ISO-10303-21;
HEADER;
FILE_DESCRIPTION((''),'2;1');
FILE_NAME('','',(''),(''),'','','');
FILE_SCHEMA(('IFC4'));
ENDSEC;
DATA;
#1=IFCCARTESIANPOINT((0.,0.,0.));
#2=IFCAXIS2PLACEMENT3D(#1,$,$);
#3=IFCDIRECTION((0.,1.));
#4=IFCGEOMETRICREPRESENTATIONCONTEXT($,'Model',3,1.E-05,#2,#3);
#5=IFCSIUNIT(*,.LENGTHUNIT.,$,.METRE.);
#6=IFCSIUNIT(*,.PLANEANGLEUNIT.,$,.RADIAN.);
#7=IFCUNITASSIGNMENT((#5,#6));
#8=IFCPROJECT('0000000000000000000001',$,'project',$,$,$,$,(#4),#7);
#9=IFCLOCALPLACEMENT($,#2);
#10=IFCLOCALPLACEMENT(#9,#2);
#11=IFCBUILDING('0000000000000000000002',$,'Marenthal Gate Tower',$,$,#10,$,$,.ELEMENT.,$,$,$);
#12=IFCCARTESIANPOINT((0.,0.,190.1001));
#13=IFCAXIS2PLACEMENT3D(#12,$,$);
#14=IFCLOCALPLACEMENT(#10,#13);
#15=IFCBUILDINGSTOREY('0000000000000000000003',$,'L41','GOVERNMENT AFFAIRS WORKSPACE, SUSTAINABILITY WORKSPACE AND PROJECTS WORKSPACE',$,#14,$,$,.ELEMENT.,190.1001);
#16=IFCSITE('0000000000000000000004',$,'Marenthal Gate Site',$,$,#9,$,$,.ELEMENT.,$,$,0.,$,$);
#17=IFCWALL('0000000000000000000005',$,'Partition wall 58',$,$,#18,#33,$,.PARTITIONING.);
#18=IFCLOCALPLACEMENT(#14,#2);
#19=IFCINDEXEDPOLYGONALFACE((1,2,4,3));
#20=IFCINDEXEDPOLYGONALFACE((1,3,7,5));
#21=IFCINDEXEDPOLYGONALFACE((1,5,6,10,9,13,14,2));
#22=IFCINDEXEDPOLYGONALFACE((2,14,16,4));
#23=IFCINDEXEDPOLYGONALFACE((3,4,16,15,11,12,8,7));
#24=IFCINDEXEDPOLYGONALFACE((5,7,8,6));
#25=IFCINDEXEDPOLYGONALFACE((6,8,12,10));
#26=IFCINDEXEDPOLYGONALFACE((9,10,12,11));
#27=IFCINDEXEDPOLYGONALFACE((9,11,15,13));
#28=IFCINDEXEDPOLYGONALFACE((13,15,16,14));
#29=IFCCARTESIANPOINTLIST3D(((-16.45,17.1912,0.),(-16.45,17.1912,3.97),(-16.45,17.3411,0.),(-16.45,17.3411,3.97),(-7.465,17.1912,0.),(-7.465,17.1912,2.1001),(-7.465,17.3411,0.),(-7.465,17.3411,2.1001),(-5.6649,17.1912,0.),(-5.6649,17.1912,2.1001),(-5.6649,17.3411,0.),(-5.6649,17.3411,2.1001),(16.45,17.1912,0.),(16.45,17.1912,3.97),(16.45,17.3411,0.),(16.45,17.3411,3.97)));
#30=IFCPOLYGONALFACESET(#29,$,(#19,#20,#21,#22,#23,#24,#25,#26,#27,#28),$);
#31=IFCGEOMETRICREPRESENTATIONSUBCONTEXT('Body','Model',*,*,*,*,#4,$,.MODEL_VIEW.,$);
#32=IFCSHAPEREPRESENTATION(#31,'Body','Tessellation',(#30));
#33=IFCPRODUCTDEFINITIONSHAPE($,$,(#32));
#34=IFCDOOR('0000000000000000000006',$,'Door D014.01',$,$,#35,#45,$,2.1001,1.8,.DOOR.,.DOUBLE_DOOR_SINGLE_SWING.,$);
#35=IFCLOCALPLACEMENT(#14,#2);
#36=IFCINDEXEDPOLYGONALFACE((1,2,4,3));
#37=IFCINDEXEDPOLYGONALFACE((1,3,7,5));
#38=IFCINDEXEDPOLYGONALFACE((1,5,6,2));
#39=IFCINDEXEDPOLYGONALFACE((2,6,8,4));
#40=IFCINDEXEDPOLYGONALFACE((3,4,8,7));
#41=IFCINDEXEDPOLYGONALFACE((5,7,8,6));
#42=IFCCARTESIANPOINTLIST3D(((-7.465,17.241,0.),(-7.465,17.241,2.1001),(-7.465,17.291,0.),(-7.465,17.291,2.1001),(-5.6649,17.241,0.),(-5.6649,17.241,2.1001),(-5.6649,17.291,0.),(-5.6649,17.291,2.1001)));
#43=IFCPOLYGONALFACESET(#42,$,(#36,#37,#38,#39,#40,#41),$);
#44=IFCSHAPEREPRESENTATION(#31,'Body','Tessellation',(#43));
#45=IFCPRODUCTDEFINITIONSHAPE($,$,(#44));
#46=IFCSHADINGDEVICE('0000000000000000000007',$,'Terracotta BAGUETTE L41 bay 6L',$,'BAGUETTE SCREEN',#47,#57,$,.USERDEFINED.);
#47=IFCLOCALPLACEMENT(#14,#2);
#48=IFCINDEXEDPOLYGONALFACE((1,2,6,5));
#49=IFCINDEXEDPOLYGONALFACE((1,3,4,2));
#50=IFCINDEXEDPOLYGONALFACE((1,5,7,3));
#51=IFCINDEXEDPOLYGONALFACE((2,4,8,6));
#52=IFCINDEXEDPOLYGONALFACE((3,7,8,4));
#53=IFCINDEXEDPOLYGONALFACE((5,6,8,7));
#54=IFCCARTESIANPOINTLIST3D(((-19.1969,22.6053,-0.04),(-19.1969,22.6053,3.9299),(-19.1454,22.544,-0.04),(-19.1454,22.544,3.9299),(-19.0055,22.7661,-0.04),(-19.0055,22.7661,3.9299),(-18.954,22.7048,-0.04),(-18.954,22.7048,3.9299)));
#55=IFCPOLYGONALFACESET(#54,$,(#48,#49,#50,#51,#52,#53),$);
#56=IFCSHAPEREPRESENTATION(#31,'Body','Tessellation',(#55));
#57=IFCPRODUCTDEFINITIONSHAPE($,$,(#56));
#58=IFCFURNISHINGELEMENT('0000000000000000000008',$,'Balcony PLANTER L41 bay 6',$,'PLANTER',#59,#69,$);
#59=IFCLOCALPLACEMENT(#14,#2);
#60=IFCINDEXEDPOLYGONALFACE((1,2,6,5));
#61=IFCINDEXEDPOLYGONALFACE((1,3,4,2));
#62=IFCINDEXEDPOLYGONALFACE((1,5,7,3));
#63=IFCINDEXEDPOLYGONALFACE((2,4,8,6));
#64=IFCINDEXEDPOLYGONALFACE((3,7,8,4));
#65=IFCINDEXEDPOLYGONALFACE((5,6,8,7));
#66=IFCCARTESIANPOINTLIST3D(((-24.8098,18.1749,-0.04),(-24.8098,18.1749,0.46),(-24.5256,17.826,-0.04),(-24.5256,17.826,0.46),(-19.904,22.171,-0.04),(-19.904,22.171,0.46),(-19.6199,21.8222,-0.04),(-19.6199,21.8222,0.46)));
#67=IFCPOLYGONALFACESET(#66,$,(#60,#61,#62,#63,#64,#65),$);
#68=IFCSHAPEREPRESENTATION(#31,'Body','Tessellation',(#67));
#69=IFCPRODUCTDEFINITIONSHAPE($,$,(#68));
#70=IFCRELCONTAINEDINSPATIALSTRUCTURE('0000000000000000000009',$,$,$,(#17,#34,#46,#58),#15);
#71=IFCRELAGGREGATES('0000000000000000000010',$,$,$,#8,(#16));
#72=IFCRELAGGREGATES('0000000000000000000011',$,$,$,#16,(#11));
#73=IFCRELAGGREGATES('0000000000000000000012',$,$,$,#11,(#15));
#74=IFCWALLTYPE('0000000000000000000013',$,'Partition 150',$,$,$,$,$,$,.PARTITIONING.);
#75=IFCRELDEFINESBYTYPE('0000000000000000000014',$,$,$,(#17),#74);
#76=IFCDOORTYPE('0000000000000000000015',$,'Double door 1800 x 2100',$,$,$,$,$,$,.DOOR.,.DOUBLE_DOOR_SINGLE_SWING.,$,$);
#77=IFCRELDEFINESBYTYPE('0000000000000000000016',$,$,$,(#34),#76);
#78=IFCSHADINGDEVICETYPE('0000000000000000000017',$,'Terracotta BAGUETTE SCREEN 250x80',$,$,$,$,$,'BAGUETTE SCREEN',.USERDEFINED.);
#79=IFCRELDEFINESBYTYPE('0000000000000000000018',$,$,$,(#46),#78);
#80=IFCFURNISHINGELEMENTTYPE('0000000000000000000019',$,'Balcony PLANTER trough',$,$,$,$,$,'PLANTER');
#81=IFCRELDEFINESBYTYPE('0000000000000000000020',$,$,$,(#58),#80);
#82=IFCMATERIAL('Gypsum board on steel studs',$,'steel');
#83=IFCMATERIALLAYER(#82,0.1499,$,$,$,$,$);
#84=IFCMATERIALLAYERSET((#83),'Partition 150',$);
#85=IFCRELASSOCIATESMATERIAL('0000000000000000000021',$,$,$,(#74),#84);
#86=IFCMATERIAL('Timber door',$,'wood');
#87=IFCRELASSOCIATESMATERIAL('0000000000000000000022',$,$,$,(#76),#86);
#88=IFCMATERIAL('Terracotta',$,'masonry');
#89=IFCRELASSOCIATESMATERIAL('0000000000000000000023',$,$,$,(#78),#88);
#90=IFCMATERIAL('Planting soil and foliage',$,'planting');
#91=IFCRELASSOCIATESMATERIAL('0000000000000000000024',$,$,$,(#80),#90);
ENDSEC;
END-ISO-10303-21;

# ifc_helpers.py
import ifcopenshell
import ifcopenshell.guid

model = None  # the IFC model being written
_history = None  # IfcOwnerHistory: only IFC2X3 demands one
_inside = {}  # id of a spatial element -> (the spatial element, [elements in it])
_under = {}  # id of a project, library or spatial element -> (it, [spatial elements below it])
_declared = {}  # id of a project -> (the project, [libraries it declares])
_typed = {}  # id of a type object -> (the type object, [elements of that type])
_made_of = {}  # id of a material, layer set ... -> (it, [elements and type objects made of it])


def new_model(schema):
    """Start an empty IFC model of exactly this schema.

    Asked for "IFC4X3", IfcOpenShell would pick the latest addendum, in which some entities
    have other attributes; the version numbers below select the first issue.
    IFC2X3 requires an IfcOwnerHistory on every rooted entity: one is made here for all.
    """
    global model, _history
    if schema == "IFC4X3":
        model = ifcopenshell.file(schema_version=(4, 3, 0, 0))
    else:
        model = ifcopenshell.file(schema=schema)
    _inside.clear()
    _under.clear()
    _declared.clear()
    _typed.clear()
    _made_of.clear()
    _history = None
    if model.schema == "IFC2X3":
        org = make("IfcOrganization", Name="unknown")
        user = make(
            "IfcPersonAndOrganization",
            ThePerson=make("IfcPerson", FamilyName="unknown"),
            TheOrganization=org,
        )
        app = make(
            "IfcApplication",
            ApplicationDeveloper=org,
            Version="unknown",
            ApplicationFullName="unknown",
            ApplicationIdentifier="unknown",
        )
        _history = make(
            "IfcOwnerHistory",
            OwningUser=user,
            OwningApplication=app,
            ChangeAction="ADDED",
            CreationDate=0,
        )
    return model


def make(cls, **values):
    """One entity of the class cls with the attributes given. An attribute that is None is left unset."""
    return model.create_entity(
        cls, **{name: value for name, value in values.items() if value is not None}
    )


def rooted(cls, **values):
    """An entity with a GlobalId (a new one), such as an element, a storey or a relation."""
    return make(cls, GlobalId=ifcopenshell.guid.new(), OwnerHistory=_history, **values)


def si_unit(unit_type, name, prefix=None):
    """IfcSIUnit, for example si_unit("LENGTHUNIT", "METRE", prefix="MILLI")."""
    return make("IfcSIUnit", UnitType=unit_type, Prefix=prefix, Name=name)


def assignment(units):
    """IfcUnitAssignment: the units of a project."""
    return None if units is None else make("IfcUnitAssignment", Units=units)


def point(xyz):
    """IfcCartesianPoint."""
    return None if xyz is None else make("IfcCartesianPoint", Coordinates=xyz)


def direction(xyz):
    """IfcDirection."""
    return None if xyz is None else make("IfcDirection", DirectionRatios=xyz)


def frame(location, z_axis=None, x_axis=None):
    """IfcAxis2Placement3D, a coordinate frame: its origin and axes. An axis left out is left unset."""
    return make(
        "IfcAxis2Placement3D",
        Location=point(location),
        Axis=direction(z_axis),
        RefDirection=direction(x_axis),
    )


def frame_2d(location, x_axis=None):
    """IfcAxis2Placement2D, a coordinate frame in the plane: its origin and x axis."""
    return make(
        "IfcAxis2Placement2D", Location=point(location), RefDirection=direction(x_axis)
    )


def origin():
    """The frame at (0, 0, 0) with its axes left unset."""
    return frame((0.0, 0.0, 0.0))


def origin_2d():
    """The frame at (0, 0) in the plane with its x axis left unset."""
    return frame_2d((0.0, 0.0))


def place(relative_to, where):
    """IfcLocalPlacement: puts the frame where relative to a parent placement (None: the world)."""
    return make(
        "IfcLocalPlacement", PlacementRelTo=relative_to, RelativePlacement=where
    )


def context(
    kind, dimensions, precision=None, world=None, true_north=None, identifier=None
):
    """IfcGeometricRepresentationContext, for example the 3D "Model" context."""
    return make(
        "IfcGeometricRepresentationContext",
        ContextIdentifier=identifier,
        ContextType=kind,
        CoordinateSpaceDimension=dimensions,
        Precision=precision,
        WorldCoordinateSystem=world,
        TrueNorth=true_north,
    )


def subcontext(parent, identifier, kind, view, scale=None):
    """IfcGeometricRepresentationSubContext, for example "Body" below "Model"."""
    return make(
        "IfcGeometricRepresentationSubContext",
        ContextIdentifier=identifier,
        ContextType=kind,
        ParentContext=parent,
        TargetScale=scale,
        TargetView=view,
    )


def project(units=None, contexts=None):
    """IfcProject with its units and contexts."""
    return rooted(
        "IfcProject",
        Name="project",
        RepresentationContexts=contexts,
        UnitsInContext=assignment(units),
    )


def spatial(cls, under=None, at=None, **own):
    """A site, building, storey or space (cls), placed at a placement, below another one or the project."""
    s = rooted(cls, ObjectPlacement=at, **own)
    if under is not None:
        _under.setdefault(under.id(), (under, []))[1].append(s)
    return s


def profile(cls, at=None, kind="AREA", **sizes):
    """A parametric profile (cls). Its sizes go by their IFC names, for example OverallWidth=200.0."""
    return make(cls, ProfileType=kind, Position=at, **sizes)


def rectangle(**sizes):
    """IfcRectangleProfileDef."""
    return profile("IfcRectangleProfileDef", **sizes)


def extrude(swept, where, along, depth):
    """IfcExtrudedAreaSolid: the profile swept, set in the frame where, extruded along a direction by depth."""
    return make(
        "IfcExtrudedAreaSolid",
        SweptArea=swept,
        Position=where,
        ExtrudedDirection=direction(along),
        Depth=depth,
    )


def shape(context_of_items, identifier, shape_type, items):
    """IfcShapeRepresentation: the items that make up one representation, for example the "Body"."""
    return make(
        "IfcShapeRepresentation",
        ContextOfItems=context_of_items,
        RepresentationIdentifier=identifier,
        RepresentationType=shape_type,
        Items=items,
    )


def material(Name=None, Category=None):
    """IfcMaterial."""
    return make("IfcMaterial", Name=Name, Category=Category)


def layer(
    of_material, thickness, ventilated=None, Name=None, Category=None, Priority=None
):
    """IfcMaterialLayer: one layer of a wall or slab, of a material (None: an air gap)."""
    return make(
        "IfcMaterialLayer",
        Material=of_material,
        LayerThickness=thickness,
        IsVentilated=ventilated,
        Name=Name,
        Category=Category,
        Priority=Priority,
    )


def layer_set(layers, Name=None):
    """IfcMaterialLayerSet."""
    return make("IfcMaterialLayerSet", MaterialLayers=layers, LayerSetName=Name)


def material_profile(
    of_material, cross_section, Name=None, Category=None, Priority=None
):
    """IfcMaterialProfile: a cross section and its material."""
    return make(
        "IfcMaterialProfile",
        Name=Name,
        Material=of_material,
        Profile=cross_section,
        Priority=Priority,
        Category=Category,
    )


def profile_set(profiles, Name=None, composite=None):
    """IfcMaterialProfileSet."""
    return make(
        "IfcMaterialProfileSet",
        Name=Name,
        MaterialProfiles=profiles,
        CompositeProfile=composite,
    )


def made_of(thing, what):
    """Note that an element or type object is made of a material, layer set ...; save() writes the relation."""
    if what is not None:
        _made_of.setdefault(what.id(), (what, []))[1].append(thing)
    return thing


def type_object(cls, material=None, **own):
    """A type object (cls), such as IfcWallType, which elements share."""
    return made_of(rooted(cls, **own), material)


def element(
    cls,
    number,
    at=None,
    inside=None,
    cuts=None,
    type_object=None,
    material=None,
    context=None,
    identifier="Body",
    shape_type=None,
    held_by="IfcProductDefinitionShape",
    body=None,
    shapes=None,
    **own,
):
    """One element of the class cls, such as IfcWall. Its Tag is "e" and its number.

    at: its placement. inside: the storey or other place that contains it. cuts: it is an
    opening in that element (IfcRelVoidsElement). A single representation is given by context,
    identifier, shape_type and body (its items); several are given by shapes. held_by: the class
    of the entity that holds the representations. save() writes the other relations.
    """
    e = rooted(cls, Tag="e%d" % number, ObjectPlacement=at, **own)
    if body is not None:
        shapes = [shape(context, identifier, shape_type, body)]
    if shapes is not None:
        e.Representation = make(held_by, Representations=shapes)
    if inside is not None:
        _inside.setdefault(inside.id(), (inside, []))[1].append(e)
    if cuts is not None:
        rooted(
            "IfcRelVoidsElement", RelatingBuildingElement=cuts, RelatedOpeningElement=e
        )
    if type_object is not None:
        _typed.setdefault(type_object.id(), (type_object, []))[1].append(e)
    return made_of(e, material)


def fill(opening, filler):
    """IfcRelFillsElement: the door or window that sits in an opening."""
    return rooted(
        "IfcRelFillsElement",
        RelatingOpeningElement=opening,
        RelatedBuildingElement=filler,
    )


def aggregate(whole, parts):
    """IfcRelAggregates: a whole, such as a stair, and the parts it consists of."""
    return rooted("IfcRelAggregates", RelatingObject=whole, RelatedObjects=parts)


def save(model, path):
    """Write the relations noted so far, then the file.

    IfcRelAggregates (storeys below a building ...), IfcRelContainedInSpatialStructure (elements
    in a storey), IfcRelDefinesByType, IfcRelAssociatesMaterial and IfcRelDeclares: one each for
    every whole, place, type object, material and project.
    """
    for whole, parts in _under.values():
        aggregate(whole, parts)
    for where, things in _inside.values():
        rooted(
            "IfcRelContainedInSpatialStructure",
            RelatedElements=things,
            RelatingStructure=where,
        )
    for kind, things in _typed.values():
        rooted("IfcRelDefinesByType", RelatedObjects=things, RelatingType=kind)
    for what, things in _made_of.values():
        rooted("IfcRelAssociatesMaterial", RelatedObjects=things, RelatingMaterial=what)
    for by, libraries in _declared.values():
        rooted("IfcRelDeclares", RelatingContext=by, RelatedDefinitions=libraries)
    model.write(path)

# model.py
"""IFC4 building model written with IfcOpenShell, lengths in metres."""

from ifc_helpers import new_model, si_unit, direction, frame, frame_2d, origin, origin_2d, place, context, subcontext, project, spatial, rectangle, extrude, material, layer, layer_set, material_profile, profile_set, type_object, element, fill, save


model = new_model("IFC4")

# Units and contexts
model_context = context("Model", 3, precision=1e-05, world=origin(), true_north=direction((0.0, 1.0)))
body_context = subcontext(model_context, "Body", "Model", "MODEL_VIEW")
ifc_project = project(units=[si_unit("LENGTHUNIT", "METRE"), si_unit("PLANEANGLEUNIT", "RADIAN")], contexts=[model_context])

# Site, building, storey
site_placement = place(None, origin())
site = spatial("IfcSite", under=ifc_project, at=site_placement, Name="Marenthal Gate Site", CompositionType="ELEMENT", RefElevation=0.0)
building_placement = place(site_placement, origin())
building = spatial("IfcBuilding", under=site, at=building_placement, Name="Marenthal Gate Tower", CompositionType="ELEMENT")
storey_placement = place(building_placement, frame((0.0, 0.0, 190.1001)))
storey = spatial("IfcBuildingStorey", under=building, at=storey_placement, Name="L41", Description="GOVERNMENT AFFAIRS WORKSPACE, SUSTAINABILITY WORKSPACE AND PROJECTS WORKSPACE", CompositionType="ELEMENT", Elevation=190.1001)

# Shared definitions
ifc_material_1 = material(Name="Gypsum board on steel studs", Category="steel")
ifc_layer_1 = layer(ifc_material_1, 0.1499)
ifc_layer_set_1 = layer_set([ifc_layer_1], Name="Partition 150")
wall_type_1 = type_object("IfcWallType", Name="Partition 150", PredefinedType="PARTITIONING", material=ifc_layer_set_1)

# Wall, opening, door
ifc_material_2 = material(Name="Timber door", Category="wood")
door_type_1 = type_object("IfcDoorType", Name="Double door 1800 x 2100", OperationType="DOUBLE_DOOR_SINGLE_SWING", PredefinedType="DOOR", material=ifc_material_2)
wall_1_placement = place(storey_placement, frame((-16.45, 17.2661, 0.0), z_axis=(0.0, 0.0, 1.0), x_axis=(1.0, 0.0, 0.0)))
wall_1 = element("IfcWall", 1, at=wall_1_placement, inside=storey, type_object=wall_type_1, Name="Partition wall 58", PredefinedType="PARTITIONING", context=body_context, shape_type="SweptSolid", body=[
    extrude(rectangle(XDim=32.8999, YDim=0.1499, at=frame_2d((16.45, 0.0))), origin(), (0.0, 0.0, 1.0), 3.97),
])
opening_1_placement = place(wall_1_placement, frame((8.9851, 0.0, 0.0)))
opening_1 = element("IfcOpeningElement", 2, at=opening_1_placement, cuts=wall_1, PredefinedType="OPENING", context=body_context, shape_type="SweptSolid", body=[
    extrude(rectangle(XDim=1.8, YDim=2.1001, at=frame_2d((0.8999, 1.05))), frame((0.0, 0.085, 0.0), z_axis=(0.0, -1.0, 0.0), x_axis=(1.0, 0.0, 0.0)), (0.0, 0.0, 1.0), 0.1699),
])
door_1_placement = place(opening_1_placement, origin())
door_1 = element("IfcDoor", 3, at=door_1_placement, inside=storey, type_object=door_type_1, Name="Door D014.01", OperationType="DOUBLE_DOOR_SINGLE_SWING", OverallHeight=2.1001, OverallWidth=1.8, PredefinedType="DOOR", context=body_context, shape_type="SweptSolid", body=[
    extrude(rectangle(XDim=1.8, YDim=2.1001, at=frame_2d((0.8999, 1.05))), frame((0.0, 0.0249, 0.0), z_axis=(0.0, -1.0, 0.0), x_axis=(1.0, 0.0, 0.0)), (0.0, 0.0, 1.0), 0.05),
])
fill(opening_1, door_1)

# Shading device
ifc_material_3 = material(Name="Terracotta", Category="masonry")
ifc_material_profile_1 = material_profile(ifc_material_3, rectangle(XDim=0.25, YDim=0.0801, at=origin_2d()), Name="Terracotta baguette 250x80")
ifc_profile_set_1 = profile_set([ifc_material_profile_1], Name="Terracotta")
shading_device_type = type_object("IfcShadingDeviceType", Name="Terracotta BAGUETTE SCREEN 250x80", ElementType="BAGUETTE SCREEN", PredefinedType="USERDEFINED", material=ifc_profile_set_1)
shading_device_placement = place(storey_placement, frame((-19.0754, 22.655, -0.04), z_axis=(0.0, 0.0, 1.0), x_axis=(-0.76578, -0.643103, 0.0)))
element("IfcShadingDevice", 4, at=shading_device_placement, inside=storey, type_object=shading_device_type, Name="Terracotta BAGUETTE L41 bay 6L", ObjectType="BAGUETTE SCREEN", PredefinedType="USERDEFINED", context=body_context, shape_type="SweptSolid", body=[
    extrude(rectangle(XDim=0.25, YDim=0.0801, at=origin_2d()), origin(), (0.0, 0.0, 1.0), 3.97),
])

# Furnishing element
ifc_material_4 = material(Name="Planting soil and foliage", Category="planting")
furnishing_element_type = type_object("IfcFurnishingElementType", Name="Balcony PLANTER trough", ElementType="PLANTER", material=ifc_material_4)
furnishing_placement = place(storey_placement, frame((-22.2148, 19.9985, -0.04), z_axis=(0.0, 0.0, 1.0), x_axis=(-0.775322, -0.631567, 0.0)))
element("IfcFurnishingElement", 5, at=furnishing_placement, inside=storey, type_object=furnishing_element_type, Name="Balcony PLANTER L41 bay 6", ObjectType="PLANTER", context=body_context, shape_type="SweptSolid", body=[
    extrude(rectangle(XDim=6.3274, YDim=0.45, at=origin_2d()), origin(), (0.0, 0.0, 1.0), 0.5),
])

save(model, "model.ifc")
